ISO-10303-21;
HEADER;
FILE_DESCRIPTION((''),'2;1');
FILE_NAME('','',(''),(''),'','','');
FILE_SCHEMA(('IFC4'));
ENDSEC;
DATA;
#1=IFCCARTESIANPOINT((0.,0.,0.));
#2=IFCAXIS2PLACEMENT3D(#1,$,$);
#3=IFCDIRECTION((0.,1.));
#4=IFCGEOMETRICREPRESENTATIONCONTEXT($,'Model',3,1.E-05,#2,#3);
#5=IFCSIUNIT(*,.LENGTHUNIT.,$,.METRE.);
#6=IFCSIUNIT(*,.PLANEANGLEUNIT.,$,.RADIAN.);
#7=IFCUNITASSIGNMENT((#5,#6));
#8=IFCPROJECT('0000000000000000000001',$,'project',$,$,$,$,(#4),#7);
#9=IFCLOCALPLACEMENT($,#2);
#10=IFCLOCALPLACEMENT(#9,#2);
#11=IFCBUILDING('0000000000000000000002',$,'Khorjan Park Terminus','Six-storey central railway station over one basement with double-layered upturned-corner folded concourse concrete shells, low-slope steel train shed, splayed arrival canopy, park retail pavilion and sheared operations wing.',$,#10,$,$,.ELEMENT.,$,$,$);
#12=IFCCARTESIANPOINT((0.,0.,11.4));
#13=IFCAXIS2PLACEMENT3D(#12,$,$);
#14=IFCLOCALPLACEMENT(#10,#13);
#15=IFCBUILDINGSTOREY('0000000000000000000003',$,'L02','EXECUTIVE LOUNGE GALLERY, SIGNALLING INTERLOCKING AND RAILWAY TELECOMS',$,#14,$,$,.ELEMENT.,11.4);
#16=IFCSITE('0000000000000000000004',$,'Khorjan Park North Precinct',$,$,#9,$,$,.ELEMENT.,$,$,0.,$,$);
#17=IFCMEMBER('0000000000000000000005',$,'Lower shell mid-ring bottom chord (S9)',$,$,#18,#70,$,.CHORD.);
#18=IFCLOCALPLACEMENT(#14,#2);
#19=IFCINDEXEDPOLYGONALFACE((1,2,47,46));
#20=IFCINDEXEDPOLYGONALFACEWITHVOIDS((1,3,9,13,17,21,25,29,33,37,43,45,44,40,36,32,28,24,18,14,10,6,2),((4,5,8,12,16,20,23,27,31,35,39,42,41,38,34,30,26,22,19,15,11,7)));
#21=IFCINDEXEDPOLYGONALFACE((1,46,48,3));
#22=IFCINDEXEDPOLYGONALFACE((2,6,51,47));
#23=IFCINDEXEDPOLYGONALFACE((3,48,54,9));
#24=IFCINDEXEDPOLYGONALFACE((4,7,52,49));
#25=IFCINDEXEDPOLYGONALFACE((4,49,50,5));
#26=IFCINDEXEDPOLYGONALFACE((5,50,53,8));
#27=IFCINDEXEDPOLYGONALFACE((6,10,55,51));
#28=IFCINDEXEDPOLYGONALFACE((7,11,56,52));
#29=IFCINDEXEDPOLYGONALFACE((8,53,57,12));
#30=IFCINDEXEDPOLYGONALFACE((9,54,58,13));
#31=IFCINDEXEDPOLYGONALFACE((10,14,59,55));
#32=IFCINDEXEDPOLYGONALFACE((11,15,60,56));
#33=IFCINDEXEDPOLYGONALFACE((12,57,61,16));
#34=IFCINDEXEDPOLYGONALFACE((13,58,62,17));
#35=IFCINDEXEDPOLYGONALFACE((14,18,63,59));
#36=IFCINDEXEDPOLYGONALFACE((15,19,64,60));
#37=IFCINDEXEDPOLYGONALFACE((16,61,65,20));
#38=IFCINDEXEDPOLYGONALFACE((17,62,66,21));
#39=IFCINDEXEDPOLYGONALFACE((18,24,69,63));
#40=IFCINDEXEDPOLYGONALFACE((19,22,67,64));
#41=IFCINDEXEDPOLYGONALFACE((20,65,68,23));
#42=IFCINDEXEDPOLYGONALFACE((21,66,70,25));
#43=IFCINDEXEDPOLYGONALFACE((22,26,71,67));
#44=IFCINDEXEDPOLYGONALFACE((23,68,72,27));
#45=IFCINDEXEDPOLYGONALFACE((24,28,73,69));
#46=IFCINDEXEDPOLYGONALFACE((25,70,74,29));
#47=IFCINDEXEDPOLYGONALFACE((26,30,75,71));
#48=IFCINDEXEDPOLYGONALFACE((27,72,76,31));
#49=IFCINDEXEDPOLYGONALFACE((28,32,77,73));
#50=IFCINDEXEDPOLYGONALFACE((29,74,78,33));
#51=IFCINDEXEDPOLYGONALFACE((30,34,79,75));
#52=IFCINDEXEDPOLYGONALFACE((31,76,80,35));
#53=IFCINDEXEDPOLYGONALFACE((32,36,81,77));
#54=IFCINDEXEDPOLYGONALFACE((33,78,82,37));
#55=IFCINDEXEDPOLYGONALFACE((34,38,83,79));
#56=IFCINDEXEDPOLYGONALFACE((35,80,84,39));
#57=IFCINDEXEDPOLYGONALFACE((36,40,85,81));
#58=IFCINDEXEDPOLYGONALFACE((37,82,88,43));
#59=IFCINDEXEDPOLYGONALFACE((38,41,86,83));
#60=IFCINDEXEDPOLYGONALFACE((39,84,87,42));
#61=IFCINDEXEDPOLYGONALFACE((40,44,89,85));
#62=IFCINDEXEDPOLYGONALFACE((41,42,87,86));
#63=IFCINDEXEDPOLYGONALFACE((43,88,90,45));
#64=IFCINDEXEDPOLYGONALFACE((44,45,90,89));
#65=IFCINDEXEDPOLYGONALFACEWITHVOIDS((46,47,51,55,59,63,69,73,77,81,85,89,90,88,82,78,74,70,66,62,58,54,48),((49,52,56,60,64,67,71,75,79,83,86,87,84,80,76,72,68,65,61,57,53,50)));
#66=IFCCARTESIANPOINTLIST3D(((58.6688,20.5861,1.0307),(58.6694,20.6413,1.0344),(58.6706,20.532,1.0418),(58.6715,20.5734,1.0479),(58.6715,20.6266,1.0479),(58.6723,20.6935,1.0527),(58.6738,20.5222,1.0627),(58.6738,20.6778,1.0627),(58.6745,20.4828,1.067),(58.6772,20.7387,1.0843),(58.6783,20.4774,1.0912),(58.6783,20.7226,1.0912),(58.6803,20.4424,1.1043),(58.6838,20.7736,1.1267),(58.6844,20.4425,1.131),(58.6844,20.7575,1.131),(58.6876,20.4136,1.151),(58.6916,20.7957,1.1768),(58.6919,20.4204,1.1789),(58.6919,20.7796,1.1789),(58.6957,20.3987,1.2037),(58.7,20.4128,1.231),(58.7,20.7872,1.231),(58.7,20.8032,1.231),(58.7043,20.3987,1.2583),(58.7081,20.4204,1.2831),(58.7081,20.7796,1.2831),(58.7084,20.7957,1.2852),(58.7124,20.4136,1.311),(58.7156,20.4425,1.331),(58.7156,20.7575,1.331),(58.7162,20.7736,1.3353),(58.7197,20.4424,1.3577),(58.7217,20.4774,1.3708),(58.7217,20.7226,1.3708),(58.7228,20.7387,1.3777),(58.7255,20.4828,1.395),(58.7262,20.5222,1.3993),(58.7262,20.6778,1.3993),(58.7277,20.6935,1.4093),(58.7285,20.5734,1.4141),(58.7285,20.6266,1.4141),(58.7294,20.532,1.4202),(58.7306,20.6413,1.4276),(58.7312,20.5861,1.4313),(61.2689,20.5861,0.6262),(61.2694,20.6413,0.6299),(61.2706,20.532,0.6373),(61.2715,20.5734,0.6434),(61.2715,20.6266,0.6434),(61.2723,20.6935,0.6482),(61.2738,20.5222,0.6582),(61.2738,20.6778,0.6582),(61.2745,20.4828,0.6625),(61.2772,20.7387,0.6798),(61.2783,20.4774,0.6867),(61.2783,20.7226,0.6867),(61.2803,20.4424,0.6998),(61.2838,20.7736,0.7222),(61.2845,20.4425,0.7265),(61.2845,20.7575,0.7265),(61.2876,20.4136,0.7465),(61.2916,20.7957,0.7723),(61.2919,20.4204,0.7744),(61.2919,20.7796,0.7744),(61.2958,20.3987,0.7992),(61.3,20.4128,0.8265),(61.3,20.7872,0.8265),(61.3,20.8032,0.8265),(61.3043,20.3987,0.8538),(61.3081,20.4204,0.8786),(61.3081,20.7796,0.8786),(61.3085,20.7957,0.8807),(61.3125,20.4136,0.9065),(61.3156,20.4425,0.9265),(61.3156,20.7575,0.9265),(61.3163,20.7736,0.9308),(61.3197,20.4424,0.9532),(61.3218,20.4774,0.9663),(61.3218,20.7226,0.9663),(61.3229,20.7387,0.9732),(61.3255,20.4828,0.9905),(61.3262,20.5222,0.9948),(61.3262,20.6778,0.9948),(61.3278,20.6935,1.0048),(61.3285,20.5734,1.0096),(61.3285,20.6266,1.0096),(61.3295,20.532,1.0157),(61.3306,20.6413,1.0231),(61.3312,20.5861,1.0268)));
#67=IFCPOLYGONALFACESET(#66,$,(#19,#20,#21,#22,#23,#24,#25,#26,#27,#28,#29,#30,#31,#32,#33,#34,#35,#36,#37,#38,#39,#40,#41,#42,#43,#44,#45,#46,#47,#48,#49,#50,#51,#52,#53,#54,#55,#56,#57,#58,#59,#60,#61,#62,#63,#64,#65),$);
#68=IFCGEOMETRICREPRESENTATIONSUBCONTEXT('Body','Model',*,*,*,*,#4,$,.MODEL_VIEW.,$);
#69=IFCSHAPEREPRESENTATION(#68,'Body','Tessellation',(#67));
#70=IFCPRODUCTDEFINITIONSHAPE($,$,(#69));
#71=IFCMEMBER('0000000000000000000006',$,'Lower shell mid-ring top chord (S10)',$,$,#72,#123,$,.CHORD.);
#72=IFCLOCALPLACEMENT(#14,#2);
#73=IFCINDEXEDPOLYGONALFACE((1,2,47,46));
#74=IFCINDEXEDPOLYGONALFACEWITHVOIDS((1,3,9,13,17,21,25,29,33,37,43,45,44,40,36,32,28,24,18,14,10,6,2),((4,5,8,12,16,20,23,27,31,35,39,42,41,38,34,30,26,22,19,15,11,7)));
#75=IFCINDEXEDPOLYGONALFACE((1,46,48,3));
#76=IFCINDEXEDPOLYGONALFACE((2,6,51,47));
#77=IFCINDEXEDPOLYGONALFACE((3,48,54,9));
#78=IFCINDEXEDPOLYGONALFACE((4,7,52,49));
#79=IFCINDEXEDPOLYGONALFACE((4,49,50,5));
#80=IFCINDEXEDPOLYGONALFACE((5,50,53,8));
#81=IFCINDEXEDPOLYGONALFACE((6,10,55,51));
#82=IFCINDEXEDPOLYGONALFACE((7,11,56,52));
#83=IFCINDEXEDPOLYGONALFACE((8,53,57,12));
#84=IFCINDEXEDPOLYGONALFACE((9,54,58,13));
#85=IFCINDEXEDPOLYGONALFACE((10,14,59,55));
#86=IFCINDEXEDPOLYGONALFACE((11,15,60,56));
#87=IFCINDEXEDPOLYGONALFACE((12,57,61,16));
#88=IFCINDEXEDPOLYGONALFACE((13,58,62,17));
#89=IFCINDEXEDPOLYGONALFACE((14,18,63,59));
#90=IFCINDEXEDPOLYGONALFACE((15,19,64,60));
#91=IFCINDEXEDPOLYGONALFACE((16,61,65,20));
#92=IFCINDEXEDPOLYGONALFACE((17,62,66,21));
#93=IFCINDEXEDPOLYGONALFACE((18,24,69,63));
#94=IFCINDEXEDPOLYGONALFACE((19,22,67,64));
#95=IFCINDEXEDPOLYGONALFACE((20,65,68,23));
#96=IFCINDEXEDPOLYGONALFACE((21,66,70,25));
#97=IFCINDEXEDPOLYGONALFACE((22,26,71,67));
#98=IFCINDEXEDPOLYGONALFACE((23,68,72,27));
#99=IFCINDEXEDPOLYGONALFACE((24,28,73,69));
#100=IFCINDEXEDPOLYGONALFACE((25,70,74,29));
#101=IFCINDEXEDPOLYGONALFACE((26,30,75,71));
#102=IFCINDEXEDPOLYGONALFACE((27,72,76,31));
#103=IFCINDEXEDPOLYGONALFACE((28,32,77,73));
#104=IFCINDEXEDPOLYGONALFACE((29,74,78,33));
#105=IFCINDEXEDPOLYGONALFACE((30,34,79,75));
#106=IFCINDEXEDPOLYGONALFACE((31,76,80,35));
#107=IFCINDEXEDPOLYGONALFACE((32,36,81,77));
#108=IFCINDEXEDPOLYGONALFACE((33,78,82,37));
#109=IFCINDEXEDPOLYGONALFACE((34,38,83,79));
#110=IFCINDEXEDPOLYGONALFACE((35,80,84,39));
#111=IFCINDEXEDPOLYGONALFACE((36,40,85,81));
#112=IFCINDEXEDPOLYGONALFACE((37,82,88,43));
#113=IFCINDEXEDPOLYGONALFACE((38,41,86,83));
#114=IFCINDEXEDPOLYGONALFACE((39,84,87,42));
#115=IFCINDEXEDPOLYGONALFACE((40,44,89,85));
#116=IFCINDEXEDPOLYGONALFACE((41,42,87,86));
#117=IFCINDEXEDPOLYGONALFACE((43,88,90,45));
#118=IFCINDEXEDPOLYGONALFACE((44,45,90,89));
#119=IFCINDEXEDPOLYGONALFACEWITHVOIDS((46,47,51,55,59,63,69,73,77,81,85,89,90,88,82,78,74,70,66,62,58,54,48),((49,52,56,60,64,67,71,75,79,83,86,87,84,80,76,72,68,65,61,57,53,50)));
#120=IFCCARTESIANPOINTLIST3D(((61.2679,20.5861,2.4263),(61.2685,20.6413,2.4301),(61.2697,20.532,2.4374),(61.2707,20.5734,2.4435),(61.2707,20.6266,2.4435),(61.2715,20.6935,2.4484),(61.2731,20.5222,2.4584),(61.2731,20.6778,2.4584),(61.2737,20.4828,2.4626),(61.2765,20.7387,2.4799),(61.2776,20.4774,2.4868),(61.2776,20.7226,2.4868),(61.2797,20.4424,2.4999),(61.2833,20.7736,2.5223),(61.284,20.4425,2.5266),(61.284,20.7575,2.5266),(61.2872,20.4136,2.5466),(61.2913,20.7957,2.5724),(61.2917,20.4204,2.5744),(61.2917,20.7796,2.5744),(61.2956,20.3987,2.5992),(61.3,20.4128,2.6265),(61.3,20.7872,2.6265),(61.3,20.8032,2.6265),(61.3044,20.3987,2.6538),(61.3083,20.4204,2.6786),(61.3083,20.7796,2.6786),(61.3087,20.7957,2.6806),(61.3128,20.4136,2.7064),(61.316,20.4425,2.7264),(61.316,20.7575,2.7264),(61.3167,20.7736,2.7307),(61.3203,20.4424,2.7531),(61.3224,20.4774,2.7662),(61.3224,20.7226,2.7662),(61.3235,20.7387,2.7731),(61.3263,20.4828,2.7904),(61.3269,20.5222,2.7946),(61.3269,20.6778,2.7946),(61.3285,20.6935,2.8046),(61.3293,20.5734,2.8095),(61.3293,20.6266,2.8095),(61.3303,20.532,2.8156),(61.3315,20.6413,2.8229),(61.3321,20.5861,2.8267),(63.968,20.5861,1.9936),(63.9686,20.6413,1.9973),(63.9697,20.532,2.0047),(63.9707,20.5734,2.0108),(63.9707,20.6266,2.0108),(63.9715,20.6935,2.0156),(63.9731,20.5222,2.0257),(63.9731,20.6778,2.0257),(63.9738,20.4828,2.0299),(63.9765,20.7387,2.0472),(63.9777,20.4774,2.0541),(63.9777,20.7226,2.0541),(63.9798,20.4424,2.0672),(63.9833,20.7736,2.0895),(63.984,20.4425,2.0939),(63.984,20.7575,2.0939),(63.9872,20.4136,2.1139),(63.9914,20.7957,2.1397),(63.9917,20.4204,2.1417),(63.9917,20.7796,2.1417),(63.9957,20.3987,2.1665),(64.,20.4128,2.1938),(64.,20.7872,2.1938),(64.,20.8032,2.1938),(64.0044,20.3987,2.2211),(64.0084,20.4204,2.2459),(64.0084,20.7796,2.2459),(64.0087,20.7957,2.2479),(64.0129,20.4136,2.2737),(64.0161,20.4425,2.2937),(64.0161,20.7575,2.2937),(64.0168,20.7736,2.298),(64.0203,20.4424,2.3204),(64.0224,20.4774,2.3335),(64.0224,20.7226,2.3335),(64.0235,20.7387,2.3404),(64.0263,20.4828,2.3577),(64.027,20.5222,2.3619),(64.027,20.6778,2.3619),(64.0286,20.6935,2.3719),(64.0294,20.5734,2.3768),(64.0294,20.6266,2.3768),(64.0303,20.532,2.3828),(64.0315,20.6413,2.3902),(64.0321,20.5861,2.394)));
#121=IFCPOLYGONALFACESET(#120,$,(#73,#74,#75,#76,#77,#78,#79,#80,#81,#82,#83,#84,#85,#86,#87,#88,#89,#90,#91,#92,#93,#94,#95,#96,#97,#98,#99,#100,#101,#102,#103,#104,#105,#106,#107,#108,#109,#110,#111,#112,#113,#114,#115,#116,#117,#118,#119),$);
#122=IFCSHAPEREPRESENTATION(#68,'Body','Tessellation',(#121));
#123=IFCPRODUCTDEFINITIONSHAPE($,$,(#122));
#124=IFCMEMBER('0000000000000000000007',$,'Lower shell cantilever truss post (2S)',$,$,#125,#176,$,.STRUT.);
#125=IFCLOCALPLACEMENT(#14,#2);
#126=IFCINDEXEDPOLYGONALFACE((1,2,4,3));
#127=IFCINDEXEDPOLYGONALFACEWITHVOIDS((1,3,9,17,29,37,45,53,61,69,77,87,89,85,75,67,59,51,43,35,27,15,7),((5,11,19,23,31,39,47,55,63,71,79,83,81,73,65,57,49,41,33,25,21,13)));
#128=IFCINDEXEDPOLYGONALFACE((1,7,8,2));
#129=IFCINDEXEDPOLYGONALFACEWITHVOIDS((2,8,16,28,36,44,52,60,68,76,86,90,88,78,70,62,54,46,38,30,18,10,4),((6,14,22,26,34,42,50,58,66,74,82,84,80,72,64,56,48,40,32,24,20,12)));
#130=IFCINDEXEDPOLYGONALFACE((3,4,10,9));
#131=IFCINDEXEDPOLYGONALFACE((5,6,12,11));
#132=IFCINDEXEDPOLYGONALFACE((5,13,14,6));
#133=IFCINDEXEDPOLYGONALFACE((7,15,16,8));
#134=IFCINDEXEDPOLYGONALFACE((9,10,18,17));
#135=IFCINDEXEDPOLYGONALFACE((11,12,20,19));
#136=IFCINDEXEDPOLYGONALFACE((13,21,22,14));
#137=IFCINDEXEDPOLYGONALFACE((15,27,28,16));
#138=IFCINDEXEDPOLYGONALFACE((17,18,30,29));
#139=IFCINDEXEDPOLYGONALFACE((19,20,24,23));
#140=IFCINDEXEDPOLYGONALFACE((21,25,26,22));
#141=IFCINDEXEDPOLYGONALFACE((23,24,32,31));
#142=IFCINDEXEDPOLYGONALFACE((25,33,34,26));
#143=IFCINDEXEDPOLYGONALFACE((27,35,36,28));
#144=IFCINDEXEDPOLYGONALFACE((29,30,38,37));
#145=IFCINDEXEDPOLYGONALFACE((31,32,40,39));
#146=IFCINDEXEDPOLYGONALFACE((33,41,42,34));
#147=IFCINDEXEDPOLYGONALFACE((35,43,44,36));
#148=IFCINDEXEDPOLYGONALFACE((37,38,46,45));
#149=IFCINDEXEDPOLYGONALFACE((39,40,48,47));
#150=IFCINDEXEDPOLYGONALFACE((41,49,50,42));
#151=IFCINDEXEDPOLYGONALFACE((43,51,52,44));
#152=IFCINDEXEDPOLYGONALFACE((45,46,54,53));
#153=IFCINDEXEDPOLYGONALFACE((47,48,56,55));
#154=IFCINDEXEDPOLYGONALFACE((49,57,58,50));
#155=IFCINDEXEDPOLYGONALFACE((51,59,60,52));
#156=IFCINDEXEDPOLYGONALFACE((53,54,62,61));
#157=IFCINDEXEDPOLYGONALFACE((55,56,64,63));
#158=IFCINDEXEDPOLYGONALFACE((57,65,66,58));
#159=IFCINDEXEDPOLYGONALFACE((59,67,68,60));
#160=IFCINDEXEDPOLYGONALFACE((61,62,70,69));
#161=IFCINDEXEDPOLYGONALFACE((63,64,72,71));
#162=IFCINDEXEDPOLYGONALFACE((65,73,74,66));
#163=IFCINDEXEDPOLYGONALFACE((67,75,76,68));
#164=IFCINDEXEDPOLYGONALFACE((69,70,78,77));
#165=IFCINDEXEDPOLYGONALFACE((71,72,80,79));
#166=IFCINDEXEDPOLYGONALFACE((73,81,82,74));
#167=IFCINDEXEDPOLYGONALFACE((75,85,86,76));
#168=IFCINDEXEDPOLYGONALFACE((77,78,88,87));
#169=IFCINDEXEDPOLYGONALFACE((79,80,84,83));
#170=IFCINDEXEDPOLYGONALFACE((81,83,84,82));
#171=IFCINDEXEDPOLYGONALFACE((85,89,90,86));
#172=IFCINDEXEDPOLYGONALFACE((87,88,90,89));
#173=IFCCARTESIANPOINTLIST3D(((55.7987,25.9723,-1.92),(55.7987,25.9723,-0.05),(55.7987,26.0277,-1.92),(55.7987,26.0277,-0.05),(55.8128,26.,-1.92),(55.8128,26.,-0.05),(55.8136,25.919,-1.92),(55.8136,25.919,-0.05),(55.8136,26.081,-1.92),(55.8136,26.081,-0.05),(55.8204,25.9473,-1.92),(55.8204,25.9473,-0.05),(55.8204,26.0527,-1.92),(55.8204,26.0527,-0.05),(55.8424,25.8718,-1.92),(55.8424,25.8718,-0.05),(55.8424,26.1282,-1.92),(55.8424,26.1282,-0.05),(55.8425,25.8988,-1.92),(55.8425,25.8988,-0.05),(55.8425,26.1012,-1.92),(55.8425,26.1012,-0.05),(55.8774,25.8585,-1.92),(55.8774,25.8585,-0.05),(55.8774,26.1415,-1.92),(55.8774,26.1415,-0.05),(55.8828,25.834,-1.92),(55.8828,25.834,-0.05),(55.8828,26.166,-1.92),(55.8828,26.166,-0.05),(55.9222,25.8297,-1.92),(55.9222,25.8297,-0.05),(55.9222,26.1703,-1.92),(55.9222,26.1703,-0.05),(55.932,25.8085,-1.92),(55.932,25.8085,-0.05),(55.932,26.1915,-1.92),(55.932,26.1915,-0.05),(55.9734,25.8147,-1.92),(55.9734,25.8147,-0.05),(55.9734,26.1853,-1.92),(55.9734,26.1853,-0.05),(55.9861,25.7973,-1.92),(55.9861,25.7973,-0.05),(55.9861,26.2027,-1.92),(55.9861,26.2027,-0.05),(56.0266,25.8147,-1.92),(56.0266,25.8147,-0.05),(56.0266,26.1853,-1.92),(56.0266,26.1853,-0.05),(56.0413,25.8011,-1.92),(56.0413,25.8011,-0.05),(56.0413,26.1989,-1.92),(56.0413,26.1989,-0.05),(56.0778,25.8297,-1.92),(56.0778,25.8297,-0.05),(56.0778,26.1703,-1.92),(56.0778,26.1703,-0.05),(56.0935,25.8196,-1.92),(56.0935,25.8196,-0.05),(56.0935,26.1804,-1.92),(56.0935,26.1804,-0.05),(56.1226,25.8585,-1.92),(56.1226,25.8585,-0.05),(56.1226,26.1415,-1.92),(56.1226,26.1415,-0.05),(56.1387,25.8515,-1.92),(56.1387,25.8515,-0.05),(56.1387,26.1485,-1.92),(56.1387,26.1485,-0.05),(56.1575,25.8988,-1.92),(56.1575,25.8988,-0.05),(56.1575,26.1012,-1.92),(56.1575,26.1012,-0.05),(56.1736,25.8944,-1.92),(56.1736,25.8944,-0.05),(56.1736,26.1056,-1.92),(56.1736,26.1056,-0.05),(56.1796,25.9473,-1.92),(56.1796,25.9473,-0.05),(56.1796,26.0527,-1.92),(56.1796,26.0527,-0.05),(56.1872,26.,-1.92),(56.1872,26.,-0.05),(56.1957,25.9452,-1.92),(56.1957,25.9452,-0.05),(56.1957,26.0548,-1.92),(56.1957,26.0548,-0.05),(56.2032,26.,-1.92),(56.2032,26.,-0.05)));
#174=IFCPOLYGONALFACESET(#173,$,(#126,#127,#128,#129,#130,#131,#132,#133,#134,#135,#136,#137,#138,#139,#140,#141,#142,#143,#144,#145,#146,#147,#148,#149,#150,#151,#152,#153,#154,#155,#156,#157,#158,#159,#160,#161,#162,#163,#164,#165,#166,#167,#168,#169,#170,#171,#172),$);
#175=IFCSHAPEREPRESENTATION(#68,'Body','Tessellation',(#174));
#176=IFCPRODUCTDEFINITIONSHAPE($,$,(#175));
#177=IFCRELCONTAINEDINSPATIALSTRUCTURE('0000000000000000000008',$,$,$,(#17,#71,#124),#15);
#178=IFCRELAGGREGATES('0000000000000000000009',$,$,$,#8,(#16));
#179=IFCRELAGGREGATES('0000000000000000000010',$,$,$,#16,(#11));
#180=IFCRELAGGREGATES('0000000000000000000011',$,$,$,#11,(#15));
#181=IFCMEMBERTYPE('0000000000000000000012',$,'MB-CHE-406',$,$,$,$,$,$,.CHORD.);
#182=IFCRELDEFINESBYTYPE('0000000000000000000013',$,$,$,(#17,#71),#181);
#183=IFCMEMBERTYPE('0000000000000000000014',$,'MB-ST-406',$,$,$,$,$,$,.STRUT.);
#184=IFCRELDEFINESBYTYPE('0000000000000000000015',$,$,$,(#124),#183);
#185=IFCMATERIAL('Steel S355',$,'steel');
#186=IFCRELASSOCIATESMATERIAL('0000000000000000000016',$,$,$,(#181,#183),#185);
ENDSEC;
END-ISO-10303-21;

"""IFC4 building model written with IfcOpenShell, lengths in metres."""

from ifc_helpers import new_model, si_unit, direction, frame, origin, origin_2d, place, context, subcontext, project, spatial, hollow_circle, extrude, material, material_profile, profile_set, type_object, element, save


model = new_model("IFC4")

# Units and contexts
model_context = context("Model", 3, precision=1e-05, world=origin(), true_north=direction((0.0, 1.0)))
body_context = subcontext(model_context, "Body", "Model", "MODEL_VIEW")
ifc_project = project(units=[si_unit("LENGTHUNIT", "METRE"), si_unit("PLANEANGLEUNIT", "RADIAN")], contexts=[model_context])

# Site, building, storey
site_placement = place(None, origin())
site = spatial("IfcSite", under=ifc_project, at=site_placement, Name="Khorjan Park North Precinct", CompositionType="ELEMENT", RefElevation=0.0)
building_placement = place(site_placement, origin())
building = spatial("IfcBuilding", under=site, at=building_placement, Name="Khorjan Park Terminus", Description="Six-storey central railway station over one basement with double-layered upturned-corner folded concourse concrete shells, low-slope steel train shed, splayed arrival canopy, park retail pavilion and sheared operations wing.", CompositionType="ELEMENT")
storey_placement = place(building_placement, frame((0.0, 0.0, 11.4)))
storey = spatial("IfcBuildingStorey", under=building, at=storey_placement, Name="L02", Description="EXECUTIVE LOUNGE GALLERY, SIGNALLING INTERLOCKING AND RAILWAY TELECOMS", CompositionType="ELEMENT", Elevation=11.4)

# Members
ifc_material_1 = material(Name="Steel S355", Category="steel")
ifc_material_profile_1 = material_profile(ifc_material_1, hollow_circle(Radius=0.2032, WallThickness=0.016, at=origin_2d()), Name="CHS 406.4x16")
ifc_profile_set_1 = profile_set([ifc_material_profile_1], Name="Steel S355")
member_type_1 = type_object("IfcMemberType", Name="MB-CHE-406", PredefinedType="CHORD", material=ifc_profile_set_1)
for number, where, z_axis, x_axis, name in (
    (1, (58.7, 20.6, 1.231), (0.988113, 0.0, -0.153728), (0.0, 1.0, 0.0), "Lower shell mid-ring bottom chord (S9)"),
):
    element("IfcMember", number, at=place(storey_placement, frame(where, z_axis=z_axis, x_axis=x_axis)), inside=storey, type_object=member_type_1, Name=name, PredefinedType="CHORD", context=body_context, shape_type="SweptSolid", body=[
        extrude(hollow_circle(Radius=0.2032, WallThickness=0.016, at=origin_2d()), origin(), (0.0, 0.0, 1.0), 2.6313),
    ])
member_1_placement = place(storey_placement, frame((61.3, 20.6, 2.6265), z_axis=(0.987401, 0.0, -0.15824), x_axis=(0.0, 1.0, 0.0)))
element("IfcMember", 2, at=member_1_placement, inside=storey, type_object=member_type_1, Name="Lower shell mid-ring top chord (S10)", PredefinedType="CHORD", context=body_context, shape_type="SweptSolid", body=[
    extrude(hollow_circle(Radius=0.2032, WallThickness=0.016, at=origin_2d()), origin(), (0.0, 0.0, 1.0), 2.7345),
])
ifc_material_profile_2 = material_profile(ifc_material_1, hollow_circle(Radius=0.2032, WallThickness=0.016, at=origin_2d()), Name="CHS 406.4x16")
ifc_profile_set_2 = profile_set([ifc_material_profile_2], Name="Steel S355")
member_type_2 = type_object("IfcMemberType", Name="MB-ST-406", PredefinedType="STRUT", material=ifc_profile_set_2)
member_2_placement = place(storey_placement, frame((56.0, 26.0, -1.92), z_axis=(0.0, 0.0, 1.0), x_axis=(1.0, 0.0, 0.0)))
element("IfcMember", 3, at=member_2_placement, inside=storey, type_object=member_type_2, Name="Lower shell cantilever truss post (2S)", PredefinedType="STRUT", context=body_context, shape_type="SweptSolid", body=[
    extrude(hollow_circle(Radius=0.2032, WallThickness=0.016, at=origin_2d()), origin(), (0.0, 0.0, 1.0), 1.87),
])

save(model, "model.ifc")
